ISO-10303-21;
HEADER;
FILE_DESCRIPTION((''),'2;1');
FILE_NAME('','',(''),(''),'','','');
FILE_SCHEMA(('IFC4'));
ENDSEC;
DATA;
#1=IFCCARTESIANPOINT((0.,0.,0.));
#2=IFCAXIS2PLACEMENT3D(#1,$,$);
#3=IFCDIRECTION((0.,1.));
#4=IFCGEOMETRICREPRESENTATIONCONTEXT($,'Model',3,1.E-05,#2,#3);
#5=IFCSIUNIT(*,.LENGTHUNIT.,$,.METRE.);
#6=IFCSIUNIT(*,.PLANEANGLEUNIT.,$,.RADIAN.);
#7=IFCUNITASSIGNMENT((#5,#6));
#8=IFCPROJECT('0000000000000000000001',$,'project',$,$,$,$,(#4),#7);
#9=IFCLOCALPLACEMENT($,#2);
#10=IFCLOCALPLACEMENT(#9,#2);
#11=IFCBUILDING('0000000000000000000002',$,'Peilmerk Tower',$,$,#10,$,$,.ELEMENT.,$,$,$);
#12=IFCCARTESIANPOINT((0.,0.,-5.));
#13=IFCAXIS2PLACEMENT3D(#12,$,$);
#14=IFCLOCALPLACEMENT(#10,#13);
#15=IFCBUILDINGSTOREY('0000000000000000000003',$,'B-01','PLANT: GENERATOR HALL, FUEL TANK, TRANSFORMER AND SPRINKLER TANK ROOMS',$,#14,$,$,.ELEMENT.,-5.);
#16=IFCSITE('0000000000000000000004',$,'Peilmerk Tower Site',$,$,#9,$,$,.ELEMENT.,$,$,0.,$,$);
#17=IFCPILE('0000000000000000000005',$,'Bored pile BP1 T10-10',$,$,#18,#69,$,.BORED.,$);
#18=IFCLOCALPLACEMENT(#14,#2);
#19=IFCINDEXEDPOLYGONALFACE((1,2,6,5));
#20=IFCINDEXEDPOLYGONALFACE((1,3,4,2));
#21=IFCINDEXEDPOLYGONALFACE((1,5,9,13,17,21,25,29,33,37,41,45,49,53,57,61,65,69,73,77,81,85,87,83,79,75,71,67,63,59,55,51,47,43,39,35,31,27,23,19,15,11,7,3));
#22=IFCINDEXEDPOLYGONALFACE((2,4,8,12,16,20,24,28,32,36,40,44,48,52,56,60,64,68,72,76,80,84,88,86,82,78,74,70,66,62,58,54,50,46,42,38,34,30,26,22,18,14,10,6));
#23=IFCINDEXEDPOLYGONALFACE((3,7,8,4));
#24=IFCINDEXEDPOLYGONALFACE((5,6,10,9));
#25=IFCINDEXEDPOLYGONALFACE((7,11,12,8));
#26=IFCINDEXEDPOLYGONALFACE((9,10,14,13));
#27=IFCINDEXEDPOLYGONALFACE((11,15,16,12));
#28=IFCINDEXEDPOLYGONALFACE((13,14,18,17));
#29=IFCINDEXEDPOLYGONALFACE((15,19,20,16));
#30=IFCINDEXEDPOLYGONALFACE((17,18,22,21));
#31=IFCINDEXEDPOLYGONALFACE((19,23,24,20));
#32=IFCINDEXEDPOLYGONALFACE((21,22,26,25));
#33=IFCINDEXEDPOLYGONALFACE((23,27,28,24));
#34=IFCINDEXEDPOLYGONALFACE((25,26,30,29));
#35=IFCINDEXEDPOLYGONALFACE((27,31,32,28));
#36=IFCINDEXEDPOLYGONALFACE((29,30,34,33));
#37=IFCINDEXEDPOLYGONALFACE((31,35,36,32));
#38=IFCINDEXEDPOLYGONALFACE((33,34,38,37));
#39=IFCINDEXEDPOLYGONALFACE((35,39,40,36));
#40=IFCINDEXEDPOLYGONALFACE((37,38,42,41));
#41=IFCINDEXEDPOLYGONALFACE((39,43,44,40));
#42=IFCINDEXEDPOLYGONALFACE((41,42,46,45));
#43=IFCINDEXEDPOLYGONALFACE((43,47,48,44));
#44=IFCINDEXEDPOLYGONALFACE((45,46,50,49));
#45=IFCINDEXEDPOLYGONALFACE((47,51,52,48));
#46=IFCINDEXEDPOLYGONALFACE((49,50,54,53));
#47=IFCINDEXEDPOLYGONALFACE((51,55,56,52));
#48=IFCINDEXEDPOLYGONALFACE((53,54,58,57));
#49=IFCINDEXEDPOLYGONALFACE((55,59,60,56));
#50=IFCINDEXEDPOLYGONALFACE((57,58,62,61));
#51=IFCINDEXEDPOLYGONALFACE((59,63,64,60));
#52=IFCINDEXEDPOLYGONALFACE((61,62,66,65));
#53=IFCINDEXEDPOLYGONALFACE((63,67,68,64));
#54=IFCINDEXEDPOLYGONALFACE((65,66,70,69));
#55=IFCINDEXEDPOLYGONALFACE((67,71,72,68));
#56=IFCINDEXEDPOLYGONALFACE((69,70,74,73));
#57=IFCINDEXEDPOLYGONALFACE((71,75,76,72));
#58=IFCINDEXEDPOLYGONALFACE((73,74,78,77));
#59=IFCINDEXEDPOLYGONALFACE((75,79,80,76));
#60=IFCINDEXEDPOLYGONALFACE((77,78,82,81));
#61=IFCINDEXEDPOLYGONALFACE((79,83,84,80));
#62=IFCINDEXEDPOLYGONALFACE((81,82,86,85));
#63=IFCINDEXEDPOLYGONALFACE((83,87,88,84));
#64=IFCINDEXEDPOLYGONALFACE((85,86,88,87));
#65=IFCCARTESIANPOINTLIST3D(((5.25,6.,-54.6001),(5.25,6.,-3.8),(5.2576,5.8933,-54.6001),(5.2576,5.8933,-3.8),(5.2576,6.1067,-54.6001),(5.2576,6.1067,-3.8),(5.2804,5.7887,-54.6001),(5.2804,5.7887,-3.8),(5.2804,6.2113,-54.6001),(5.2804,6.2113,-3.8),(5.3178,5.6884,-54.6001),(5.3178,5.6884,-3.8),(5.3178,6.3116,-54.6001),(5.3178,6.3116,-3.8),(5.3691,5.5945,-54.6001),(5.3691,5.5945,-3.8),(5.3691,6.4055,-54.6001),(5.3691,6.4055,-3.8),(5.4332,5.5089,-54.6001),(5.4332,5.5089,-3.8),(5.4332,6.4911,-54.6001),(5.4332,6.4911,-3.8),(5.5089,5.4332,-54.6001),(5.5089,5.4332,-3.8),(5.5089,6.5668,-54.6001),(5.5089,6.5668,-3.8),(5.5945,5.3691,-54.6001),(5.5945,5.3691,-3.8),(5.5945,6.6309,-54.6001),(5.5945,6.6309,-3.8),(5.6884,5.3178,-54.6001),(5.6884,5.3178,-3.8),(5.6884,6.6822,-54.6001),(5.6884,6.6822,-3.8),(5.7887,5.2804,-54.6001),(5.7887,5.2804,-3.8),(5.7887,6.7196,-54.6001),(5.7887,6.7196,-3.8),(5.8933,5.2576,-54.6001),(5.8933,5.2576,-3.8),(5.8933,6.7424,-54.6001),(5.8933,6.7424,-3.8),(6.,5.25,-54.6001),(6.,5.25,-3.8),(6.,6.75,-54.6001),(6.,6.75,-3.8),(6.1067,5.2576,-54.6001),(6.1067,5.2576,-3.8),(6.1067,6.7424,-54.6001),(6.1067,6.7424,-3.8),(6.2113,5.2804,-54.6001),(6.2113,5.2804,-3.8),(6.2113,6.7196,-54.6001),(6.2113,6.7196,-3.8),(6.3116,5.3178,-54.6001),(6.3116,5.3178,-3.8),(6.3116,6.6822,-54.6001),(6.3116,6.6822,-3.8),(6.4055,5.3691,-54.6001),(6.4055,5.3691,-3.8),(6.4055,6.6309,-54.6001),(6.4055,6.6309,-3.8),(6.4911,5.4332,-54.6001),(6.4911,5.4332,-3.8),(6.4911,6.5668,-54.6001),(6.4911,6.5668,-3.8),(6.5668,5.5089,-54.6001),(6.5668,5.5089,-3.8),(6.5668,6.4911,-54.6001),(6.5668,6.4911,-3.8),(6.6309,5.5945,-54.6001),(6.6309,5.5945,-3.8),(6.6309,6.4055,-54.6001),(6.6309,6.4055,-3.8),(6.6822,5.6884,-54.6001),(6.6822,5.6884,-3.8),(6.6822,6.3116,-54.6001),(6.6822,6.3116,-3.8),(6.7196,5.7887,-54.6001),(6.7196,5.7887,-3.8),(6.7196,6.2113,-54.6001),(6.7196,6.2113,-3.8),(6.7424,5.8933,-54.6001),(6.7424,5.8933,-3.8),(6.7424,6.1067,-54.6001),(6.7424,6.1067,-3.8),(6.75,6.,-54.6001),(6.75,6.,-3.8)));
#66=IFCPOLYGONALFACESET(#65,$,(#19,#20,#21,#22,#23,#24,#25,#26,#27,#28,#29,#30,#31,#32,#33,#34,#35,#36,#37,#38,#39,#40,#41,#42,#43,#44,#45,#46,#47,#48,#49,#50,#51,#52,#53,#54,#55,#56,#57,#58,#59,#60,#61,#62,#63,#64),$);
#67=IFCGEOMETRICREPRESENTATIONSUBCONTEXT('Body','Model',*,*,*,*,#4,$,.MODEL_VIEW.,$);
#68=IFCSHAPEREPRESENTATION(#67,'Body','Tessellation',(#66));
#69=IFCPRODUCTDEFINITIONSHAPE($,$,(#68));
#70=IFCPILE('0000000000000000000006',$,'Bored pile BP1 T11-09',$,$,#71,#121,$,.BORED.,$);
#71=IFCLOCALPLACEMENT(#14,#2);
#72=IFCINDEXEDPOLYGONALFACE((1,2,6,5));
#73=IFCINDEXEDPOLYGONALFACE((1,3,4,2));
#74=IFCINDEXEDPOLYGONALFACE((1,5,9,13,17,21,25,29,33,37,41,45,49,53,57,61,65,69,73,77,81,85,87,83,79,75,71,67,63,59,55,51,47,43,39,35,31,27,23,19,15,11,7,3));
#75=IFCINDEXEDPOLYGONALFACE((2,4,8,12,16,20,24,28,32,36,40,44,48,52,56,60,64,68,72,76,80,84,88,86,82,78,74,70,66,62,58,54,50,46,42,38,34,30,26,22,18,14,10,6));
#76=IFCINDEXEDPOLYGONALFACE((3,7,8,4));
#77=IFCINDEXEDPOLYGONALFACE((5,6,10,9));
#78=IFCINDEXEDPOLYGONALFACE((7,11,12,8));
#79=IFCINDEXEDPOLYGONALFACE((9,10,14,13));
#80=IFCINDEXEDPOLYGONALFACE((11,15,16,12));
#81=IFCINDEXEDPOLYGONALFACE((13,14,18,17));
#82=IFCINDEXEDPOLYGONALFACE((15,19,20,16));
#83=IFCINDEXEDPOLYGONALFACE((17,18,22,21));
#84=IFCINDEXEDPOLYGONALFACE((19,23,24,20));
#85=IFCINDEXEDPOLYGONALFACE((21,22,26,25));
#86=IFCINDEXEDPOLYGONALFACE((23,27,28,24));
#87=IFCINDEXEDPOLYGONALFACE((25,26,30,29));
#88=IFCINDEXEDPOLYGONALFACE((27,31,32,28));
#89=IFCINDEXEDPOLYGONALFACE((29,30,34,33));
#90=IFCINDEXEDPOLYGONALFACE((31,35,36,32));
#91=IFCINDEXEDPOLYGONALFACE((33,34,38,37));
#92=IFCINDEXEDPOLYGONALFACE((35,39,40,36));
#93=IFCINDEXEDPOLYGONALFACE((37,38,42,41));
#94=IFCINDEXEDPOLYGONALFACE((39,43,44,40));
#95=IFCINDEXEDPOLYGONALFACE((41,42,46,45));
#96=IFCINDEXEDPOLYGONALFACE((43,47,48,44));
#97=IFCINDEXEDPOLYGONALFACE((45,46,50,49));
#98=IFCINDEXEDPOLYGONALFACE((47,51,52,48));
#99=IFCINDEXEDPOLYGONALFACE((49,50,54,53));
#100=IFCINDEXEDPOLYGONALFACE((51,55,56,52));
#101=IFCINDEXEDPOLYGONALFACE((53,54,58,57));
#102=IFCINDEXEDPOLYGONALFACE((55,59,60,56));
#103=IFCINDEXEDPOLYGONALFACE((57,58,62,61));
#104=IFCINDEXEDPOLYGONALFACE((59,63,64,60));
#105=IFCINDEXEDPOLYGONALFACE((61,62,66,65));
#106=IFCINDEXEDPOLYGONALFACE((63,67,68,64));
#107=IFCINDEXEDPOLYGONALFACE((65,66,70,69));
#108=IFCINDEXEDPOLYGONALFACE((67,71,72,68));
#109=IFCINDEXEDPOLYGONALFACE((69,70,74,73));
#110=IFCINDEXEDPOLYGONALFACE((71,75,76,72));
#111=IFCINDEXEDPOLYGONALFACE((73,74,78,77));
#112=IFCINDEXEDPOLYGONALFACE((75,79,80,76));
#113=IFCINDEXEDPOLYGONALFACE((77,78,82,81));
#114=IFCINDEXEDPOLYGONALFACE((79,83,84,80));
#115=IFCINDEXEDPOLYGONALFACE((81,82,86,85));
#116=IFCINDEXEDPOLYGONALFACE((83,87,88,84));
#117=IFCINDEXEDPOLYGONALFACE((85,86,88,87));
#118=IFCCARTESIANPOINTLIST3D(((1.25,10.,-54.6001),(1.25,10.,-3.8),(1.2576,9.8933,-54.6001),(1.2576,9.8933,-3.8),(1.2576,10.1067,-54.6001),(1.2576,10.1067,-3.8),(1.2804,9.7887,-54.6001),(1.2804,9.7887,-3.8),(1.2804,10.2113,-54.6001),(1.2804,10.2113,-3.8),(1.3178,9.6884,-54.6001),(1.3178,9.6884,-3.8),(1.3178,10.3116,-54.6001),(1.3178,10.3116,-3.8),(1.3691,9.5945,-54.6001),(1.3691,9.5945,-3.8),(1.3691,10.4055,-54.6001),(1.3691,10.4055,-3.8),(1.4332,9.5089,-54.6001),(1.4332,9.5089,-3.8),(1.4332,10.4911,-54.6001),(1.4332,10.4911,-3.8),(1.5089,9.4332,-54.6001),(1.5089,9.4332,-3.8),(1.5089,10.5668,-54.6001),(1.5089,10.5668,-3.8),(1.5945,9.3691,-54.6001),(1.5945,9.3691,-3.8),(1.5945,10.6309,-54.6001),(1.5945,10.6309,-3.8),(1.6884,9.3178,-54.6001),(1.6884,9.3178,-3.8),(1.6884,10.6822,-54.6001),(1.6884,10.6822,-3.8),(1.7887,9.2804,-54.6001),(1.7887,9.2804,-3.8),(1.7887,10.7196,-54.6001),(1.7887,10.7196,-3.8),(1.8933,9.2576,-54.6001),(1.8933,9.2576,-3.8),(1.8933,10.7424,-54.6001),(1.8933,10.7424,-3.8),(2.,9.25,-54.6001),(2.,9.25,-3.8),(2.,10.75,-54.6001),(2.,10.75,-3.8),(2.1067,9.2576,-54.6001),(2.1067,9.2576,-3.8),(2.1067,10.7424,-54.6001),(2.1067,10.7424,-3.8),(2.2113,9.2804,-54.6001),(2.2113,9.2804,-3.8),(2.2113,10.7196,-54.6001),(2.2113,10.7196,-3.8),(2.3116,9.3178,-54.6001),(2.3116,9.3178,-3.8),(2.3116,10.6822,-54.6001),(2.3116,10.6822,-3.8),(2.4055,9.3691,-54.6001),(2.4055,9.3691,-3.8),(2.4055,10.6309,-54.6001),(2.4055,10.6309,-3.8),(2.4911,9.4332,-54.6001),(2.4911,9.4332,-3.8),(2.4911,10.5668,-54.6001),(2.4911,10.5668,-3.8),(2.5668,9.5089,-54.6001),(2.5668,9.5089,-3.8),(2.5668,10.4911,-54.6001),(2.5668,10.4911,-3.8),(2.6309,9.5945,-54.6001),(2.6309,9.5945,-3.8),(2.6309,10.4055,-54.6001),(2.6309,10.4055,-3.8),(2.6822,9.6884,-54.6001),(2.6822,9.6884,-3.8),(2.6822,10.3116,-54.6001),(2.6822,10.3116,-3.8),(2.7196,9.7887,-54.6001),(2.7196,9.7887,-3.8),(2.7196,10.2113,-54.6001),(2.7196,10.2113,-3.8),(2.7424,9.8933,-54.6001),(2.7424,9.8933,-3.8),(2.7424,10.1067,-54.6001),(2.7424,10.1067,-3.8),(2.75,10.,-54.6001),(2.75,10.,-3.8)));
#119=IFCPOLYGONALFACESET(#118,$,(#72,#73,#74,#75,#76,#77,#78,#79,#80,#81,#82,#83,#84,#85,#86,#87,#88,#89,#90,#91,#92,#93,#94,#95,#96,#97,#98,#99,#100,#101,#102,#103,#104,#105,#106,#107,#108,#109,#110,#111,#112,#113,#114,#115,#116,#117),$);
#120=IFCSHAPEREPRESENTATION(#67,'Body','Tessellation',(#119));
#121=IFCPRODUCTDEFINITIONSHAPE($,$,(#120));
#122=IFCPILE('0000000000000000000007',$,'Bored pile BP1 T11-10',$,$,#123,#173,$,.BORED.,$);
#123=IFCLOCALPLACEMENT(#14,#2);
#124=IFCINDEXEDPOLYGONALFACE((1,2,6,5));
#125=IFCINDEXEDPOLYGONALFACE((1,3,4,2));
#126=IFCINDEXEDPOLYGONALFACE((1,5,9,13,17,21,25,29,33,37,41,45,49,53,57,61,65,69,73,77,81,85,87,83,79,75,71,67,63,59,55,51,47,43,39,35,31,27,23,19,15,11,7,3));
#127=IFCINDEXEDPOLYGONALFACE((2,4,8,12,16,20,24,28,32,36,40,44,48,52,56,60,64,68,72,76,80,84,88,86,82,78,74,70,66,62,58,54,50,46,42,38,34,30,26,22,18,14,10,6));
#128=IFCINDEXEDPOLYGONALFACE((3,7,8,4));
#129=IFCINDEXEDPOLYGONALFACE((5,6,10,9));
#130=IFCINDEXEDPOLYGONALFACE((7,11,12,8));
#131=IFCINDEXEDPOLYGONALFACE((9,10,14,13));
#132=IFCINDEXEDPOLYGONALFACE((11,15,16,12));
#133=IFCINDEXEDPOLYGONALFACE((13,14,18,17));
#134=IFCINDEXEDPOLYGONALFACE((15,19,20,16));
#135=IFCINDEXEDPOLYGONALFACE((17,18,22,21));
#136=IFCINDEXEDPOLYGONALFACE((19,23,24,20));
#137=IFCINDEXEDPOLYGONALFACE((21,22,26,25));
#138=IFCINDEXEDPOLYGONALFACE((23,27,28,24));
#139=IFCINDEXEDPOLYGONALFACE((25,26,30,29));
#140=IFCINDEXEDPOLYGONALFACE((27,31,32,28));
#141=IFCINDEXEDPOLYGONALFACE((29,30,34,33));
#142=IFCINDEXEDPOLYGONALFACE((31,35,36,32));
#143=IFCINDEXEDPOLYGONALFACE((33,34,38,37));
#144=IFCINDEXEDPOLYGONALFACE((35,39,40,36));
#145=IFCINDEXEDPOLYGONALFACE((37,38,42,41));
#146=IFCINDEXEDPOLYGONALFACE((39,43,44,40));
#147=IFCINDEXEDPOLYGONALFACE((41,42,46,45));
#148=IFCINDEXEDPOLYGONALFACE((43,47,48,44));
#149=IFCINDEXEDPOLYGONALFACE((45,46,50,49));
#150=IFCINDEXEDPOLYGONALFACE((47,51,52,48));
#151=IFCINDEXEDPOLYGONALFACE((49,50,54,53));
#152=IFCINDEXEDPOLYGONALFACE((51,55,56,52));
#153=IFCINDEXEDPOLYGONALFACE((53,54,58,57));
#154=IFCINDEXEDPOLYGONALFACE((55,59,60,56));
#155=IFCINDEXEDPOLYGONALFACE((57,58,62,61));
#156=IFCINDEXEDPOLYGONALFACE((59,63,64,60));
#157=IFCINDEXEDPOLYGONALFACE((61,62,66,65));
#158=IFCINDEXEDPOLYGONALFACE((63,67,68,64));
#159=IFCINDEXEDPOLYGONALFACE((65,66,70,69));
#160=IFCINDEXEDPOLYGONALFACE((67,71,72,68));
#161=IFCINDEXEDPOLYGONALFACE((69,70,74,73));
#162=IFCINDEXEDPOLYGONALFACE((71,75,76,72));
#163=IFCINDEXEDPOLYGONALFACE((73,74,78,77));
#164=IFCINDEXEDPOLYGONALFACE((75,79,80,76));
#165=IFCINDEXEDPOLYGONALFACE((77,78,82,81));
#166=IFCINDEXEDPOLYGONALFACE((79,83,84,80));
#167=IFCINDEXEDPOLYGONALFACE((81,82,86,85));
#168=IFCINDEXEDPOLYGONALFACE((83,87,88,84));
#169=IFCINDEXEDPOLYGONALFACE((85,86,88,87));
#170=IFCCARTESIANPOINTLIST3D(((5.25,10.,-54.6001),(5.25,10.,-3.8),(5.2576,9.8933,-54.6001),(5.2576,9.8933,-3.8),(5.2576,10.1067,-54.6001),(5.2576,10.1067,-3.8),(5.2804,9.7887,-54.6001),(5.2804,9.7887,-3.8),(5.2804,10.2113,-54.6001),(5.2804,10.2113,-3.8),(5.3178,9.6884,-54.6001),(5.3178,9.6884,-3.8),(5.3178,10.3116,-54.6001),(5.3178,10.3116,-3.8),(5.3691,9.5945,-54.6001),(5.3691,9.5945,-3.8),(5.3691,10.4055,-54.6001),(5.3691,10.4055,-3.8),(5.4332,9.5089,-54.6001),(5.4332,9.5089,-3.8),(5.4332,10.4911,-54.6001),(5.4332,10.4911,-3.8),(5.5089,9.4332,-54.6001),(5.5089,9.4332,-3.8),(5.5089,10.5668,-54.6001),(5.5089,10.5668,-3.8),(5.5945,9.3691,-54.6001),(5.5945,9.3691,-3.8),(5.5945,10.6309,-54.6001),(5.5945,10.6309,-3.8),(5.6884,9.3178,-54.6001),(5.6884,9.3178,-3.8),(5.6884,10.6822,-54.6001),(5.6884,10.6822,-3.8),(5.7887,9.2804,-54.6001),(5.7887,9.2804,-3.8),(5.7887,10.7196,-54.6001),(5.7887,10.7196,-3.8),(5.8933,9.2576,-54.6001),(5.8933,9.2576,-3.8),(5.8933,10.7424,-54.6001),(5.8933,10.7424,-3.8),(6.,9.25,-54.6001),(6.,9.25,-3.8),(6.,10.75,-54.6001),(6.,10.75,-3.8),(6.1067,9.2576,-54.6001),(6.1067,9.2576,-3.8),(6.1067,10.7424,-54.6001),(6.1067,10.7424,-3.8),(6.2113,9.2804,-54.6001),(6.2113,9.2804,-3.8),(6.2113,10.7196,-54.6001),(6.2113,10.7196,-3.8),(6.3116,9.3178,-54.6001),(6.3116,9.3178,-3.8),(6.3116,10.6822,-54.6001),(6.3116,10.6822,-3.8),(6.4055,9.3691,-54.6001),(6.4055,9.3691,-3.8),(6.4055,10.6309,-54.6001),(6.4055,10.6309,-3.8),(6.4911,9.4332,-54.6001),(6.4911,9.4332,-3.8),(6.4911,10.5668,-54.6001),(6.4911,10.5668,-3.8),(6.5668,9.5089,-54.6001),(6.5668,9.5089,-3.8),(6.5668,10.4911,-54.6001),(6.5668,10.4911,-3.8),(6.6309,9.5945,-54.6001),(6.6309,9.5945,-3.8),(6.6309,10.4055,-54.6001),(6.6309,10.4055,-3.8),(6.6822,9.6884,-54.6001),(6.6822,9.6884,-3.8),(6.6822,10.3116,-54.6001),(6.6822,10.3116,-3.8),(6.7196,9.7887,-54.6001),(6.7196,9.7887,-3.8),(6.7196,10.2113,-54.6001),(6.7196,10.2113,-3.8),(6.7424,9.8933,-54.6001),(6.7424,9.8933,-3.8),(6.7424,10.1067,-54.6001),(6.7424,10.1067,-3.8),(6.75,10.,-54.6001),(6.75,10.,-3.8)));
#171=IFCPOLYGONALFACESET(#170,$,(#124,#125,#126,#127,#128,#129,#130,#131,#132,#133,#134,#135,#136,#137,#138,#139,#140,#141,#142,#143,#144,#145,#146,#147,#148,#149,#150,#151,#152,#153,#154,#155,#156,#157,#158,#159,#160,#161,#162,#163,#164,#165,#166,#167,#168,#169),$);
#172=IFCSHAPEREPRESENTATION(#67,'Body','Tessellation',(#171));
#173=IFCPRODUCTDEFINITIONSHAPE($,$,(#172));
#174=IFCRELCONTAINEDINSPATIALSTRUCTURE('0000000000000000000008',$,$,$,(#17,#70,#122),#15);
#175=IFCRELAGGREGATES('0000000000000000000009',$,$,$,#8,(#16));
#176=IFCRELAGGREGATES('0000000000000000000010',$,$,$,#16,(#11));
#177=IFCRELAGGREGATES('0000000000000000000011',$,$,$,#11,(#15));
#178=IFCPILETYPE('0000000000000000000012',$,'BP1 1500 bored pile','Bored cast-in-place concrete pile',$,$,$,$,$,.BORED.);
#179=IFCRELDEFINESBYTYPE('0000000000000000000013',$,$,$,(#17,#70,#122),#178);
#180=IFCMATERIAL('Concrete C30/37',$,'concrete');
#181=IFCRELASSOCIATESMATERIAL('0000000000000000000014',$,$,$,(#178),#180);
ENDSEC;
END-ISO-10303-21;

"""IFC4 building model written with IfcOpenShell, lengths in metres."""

from ifc_helpers import new_model, si_unit, direction, frame, origin, origin_2d, place, context, subcontext, project, spatial, circle, extrude, material, material_profile, profile_set, type_object, element, save


model = new_model("IFC4")

# Units and contexts
model_context = context("Model", 3, precision=1e-05, world=origin(), true_north=direction((0.0, 1.0)))
body_context = subcontext(model_context, "Body", "Model", "MODEL_VIEW")
ifc_project = project(units=[si_unit("LENGTHUNIT", "METRE"), si_unit("PLANEANGLEUNIT", "RADIAN")], contexts=[model_context])

# Site, building, storey
site_placement = place(None, origin())
site = spatial("IfcSite", under=ifc_project, at=site_placement, Name="Peilmerk Tower Site", CompositionType="ELEMENT", RefElevation=0.0)
building_placement = place(site_placement, origin())
building = spatial("IfcBuilding", under=site, at=building_placement, Name="Peilmerk Tower", CompositionType="ELEMENT")
storey_placement = place(building_placement, frame((0.0, 0.0, -5.0)))
storey = spatial("IfcBuildingStorey", under=building, at=storey_placement, Name="B-01", Description="PLANT: GENERATOR HALL, FUEL TANK, TRANSFORMER AND SPRINKLER TANK ROOMS", CompositionType="ELEMENT", Elevation=-5.0)

# Piles
ifc_material_1 = material(Name="Concrete C30/37", Category="concrete")
ifc_material_profile = material_profile(ifc_material_1, circle(Radius=0.75, at=origin_2d()), Name="BP 1500")
ifc_profile_set = profile_set([ifc_material_profile], Name="Concrete C30/37")
pile_type = type_object("IfcPileType", Name="BP1 1500 bored pile", Description="Bored cast-in-place concrete pile", PredefinedType="BORED", material=ifc_profile_set)
for number, where, z_axis, x_axis, name in (
    (1, (6.0, 6.0, -3.8), (0.0, 0.0, -1.0), (1.0, 0.0, 0.0), "Bored pile BP1 T10-10"),
    (2, (2.0, 10.0, -3.8), (0.0, 0.0, -1.0), (1.0, 0.0, 0.0), "Bored pile BP1 T11-09"),
    (3, (6.0, 10.0, -3.8), (0.0, 0.0, -1.0), (1.0, 0.0, 0.0), "Bored pile BP1 T11-10"),
):
    element("IfcPile", number, at=place(storey_placement, frame(where, z_axis=z_axis, x_axis=x_axis)), inside=storey, type_object=pile_type, Name=name, PredefinedType="BORED", context=body_context, shape_type="SweptSolid", body=[
        extrude(circle(Radius=0.75, at=origin_2d()), origin(), (0.0, 0.0, 1.0), 50.8),
    ])

save(model, "model.ifc")
